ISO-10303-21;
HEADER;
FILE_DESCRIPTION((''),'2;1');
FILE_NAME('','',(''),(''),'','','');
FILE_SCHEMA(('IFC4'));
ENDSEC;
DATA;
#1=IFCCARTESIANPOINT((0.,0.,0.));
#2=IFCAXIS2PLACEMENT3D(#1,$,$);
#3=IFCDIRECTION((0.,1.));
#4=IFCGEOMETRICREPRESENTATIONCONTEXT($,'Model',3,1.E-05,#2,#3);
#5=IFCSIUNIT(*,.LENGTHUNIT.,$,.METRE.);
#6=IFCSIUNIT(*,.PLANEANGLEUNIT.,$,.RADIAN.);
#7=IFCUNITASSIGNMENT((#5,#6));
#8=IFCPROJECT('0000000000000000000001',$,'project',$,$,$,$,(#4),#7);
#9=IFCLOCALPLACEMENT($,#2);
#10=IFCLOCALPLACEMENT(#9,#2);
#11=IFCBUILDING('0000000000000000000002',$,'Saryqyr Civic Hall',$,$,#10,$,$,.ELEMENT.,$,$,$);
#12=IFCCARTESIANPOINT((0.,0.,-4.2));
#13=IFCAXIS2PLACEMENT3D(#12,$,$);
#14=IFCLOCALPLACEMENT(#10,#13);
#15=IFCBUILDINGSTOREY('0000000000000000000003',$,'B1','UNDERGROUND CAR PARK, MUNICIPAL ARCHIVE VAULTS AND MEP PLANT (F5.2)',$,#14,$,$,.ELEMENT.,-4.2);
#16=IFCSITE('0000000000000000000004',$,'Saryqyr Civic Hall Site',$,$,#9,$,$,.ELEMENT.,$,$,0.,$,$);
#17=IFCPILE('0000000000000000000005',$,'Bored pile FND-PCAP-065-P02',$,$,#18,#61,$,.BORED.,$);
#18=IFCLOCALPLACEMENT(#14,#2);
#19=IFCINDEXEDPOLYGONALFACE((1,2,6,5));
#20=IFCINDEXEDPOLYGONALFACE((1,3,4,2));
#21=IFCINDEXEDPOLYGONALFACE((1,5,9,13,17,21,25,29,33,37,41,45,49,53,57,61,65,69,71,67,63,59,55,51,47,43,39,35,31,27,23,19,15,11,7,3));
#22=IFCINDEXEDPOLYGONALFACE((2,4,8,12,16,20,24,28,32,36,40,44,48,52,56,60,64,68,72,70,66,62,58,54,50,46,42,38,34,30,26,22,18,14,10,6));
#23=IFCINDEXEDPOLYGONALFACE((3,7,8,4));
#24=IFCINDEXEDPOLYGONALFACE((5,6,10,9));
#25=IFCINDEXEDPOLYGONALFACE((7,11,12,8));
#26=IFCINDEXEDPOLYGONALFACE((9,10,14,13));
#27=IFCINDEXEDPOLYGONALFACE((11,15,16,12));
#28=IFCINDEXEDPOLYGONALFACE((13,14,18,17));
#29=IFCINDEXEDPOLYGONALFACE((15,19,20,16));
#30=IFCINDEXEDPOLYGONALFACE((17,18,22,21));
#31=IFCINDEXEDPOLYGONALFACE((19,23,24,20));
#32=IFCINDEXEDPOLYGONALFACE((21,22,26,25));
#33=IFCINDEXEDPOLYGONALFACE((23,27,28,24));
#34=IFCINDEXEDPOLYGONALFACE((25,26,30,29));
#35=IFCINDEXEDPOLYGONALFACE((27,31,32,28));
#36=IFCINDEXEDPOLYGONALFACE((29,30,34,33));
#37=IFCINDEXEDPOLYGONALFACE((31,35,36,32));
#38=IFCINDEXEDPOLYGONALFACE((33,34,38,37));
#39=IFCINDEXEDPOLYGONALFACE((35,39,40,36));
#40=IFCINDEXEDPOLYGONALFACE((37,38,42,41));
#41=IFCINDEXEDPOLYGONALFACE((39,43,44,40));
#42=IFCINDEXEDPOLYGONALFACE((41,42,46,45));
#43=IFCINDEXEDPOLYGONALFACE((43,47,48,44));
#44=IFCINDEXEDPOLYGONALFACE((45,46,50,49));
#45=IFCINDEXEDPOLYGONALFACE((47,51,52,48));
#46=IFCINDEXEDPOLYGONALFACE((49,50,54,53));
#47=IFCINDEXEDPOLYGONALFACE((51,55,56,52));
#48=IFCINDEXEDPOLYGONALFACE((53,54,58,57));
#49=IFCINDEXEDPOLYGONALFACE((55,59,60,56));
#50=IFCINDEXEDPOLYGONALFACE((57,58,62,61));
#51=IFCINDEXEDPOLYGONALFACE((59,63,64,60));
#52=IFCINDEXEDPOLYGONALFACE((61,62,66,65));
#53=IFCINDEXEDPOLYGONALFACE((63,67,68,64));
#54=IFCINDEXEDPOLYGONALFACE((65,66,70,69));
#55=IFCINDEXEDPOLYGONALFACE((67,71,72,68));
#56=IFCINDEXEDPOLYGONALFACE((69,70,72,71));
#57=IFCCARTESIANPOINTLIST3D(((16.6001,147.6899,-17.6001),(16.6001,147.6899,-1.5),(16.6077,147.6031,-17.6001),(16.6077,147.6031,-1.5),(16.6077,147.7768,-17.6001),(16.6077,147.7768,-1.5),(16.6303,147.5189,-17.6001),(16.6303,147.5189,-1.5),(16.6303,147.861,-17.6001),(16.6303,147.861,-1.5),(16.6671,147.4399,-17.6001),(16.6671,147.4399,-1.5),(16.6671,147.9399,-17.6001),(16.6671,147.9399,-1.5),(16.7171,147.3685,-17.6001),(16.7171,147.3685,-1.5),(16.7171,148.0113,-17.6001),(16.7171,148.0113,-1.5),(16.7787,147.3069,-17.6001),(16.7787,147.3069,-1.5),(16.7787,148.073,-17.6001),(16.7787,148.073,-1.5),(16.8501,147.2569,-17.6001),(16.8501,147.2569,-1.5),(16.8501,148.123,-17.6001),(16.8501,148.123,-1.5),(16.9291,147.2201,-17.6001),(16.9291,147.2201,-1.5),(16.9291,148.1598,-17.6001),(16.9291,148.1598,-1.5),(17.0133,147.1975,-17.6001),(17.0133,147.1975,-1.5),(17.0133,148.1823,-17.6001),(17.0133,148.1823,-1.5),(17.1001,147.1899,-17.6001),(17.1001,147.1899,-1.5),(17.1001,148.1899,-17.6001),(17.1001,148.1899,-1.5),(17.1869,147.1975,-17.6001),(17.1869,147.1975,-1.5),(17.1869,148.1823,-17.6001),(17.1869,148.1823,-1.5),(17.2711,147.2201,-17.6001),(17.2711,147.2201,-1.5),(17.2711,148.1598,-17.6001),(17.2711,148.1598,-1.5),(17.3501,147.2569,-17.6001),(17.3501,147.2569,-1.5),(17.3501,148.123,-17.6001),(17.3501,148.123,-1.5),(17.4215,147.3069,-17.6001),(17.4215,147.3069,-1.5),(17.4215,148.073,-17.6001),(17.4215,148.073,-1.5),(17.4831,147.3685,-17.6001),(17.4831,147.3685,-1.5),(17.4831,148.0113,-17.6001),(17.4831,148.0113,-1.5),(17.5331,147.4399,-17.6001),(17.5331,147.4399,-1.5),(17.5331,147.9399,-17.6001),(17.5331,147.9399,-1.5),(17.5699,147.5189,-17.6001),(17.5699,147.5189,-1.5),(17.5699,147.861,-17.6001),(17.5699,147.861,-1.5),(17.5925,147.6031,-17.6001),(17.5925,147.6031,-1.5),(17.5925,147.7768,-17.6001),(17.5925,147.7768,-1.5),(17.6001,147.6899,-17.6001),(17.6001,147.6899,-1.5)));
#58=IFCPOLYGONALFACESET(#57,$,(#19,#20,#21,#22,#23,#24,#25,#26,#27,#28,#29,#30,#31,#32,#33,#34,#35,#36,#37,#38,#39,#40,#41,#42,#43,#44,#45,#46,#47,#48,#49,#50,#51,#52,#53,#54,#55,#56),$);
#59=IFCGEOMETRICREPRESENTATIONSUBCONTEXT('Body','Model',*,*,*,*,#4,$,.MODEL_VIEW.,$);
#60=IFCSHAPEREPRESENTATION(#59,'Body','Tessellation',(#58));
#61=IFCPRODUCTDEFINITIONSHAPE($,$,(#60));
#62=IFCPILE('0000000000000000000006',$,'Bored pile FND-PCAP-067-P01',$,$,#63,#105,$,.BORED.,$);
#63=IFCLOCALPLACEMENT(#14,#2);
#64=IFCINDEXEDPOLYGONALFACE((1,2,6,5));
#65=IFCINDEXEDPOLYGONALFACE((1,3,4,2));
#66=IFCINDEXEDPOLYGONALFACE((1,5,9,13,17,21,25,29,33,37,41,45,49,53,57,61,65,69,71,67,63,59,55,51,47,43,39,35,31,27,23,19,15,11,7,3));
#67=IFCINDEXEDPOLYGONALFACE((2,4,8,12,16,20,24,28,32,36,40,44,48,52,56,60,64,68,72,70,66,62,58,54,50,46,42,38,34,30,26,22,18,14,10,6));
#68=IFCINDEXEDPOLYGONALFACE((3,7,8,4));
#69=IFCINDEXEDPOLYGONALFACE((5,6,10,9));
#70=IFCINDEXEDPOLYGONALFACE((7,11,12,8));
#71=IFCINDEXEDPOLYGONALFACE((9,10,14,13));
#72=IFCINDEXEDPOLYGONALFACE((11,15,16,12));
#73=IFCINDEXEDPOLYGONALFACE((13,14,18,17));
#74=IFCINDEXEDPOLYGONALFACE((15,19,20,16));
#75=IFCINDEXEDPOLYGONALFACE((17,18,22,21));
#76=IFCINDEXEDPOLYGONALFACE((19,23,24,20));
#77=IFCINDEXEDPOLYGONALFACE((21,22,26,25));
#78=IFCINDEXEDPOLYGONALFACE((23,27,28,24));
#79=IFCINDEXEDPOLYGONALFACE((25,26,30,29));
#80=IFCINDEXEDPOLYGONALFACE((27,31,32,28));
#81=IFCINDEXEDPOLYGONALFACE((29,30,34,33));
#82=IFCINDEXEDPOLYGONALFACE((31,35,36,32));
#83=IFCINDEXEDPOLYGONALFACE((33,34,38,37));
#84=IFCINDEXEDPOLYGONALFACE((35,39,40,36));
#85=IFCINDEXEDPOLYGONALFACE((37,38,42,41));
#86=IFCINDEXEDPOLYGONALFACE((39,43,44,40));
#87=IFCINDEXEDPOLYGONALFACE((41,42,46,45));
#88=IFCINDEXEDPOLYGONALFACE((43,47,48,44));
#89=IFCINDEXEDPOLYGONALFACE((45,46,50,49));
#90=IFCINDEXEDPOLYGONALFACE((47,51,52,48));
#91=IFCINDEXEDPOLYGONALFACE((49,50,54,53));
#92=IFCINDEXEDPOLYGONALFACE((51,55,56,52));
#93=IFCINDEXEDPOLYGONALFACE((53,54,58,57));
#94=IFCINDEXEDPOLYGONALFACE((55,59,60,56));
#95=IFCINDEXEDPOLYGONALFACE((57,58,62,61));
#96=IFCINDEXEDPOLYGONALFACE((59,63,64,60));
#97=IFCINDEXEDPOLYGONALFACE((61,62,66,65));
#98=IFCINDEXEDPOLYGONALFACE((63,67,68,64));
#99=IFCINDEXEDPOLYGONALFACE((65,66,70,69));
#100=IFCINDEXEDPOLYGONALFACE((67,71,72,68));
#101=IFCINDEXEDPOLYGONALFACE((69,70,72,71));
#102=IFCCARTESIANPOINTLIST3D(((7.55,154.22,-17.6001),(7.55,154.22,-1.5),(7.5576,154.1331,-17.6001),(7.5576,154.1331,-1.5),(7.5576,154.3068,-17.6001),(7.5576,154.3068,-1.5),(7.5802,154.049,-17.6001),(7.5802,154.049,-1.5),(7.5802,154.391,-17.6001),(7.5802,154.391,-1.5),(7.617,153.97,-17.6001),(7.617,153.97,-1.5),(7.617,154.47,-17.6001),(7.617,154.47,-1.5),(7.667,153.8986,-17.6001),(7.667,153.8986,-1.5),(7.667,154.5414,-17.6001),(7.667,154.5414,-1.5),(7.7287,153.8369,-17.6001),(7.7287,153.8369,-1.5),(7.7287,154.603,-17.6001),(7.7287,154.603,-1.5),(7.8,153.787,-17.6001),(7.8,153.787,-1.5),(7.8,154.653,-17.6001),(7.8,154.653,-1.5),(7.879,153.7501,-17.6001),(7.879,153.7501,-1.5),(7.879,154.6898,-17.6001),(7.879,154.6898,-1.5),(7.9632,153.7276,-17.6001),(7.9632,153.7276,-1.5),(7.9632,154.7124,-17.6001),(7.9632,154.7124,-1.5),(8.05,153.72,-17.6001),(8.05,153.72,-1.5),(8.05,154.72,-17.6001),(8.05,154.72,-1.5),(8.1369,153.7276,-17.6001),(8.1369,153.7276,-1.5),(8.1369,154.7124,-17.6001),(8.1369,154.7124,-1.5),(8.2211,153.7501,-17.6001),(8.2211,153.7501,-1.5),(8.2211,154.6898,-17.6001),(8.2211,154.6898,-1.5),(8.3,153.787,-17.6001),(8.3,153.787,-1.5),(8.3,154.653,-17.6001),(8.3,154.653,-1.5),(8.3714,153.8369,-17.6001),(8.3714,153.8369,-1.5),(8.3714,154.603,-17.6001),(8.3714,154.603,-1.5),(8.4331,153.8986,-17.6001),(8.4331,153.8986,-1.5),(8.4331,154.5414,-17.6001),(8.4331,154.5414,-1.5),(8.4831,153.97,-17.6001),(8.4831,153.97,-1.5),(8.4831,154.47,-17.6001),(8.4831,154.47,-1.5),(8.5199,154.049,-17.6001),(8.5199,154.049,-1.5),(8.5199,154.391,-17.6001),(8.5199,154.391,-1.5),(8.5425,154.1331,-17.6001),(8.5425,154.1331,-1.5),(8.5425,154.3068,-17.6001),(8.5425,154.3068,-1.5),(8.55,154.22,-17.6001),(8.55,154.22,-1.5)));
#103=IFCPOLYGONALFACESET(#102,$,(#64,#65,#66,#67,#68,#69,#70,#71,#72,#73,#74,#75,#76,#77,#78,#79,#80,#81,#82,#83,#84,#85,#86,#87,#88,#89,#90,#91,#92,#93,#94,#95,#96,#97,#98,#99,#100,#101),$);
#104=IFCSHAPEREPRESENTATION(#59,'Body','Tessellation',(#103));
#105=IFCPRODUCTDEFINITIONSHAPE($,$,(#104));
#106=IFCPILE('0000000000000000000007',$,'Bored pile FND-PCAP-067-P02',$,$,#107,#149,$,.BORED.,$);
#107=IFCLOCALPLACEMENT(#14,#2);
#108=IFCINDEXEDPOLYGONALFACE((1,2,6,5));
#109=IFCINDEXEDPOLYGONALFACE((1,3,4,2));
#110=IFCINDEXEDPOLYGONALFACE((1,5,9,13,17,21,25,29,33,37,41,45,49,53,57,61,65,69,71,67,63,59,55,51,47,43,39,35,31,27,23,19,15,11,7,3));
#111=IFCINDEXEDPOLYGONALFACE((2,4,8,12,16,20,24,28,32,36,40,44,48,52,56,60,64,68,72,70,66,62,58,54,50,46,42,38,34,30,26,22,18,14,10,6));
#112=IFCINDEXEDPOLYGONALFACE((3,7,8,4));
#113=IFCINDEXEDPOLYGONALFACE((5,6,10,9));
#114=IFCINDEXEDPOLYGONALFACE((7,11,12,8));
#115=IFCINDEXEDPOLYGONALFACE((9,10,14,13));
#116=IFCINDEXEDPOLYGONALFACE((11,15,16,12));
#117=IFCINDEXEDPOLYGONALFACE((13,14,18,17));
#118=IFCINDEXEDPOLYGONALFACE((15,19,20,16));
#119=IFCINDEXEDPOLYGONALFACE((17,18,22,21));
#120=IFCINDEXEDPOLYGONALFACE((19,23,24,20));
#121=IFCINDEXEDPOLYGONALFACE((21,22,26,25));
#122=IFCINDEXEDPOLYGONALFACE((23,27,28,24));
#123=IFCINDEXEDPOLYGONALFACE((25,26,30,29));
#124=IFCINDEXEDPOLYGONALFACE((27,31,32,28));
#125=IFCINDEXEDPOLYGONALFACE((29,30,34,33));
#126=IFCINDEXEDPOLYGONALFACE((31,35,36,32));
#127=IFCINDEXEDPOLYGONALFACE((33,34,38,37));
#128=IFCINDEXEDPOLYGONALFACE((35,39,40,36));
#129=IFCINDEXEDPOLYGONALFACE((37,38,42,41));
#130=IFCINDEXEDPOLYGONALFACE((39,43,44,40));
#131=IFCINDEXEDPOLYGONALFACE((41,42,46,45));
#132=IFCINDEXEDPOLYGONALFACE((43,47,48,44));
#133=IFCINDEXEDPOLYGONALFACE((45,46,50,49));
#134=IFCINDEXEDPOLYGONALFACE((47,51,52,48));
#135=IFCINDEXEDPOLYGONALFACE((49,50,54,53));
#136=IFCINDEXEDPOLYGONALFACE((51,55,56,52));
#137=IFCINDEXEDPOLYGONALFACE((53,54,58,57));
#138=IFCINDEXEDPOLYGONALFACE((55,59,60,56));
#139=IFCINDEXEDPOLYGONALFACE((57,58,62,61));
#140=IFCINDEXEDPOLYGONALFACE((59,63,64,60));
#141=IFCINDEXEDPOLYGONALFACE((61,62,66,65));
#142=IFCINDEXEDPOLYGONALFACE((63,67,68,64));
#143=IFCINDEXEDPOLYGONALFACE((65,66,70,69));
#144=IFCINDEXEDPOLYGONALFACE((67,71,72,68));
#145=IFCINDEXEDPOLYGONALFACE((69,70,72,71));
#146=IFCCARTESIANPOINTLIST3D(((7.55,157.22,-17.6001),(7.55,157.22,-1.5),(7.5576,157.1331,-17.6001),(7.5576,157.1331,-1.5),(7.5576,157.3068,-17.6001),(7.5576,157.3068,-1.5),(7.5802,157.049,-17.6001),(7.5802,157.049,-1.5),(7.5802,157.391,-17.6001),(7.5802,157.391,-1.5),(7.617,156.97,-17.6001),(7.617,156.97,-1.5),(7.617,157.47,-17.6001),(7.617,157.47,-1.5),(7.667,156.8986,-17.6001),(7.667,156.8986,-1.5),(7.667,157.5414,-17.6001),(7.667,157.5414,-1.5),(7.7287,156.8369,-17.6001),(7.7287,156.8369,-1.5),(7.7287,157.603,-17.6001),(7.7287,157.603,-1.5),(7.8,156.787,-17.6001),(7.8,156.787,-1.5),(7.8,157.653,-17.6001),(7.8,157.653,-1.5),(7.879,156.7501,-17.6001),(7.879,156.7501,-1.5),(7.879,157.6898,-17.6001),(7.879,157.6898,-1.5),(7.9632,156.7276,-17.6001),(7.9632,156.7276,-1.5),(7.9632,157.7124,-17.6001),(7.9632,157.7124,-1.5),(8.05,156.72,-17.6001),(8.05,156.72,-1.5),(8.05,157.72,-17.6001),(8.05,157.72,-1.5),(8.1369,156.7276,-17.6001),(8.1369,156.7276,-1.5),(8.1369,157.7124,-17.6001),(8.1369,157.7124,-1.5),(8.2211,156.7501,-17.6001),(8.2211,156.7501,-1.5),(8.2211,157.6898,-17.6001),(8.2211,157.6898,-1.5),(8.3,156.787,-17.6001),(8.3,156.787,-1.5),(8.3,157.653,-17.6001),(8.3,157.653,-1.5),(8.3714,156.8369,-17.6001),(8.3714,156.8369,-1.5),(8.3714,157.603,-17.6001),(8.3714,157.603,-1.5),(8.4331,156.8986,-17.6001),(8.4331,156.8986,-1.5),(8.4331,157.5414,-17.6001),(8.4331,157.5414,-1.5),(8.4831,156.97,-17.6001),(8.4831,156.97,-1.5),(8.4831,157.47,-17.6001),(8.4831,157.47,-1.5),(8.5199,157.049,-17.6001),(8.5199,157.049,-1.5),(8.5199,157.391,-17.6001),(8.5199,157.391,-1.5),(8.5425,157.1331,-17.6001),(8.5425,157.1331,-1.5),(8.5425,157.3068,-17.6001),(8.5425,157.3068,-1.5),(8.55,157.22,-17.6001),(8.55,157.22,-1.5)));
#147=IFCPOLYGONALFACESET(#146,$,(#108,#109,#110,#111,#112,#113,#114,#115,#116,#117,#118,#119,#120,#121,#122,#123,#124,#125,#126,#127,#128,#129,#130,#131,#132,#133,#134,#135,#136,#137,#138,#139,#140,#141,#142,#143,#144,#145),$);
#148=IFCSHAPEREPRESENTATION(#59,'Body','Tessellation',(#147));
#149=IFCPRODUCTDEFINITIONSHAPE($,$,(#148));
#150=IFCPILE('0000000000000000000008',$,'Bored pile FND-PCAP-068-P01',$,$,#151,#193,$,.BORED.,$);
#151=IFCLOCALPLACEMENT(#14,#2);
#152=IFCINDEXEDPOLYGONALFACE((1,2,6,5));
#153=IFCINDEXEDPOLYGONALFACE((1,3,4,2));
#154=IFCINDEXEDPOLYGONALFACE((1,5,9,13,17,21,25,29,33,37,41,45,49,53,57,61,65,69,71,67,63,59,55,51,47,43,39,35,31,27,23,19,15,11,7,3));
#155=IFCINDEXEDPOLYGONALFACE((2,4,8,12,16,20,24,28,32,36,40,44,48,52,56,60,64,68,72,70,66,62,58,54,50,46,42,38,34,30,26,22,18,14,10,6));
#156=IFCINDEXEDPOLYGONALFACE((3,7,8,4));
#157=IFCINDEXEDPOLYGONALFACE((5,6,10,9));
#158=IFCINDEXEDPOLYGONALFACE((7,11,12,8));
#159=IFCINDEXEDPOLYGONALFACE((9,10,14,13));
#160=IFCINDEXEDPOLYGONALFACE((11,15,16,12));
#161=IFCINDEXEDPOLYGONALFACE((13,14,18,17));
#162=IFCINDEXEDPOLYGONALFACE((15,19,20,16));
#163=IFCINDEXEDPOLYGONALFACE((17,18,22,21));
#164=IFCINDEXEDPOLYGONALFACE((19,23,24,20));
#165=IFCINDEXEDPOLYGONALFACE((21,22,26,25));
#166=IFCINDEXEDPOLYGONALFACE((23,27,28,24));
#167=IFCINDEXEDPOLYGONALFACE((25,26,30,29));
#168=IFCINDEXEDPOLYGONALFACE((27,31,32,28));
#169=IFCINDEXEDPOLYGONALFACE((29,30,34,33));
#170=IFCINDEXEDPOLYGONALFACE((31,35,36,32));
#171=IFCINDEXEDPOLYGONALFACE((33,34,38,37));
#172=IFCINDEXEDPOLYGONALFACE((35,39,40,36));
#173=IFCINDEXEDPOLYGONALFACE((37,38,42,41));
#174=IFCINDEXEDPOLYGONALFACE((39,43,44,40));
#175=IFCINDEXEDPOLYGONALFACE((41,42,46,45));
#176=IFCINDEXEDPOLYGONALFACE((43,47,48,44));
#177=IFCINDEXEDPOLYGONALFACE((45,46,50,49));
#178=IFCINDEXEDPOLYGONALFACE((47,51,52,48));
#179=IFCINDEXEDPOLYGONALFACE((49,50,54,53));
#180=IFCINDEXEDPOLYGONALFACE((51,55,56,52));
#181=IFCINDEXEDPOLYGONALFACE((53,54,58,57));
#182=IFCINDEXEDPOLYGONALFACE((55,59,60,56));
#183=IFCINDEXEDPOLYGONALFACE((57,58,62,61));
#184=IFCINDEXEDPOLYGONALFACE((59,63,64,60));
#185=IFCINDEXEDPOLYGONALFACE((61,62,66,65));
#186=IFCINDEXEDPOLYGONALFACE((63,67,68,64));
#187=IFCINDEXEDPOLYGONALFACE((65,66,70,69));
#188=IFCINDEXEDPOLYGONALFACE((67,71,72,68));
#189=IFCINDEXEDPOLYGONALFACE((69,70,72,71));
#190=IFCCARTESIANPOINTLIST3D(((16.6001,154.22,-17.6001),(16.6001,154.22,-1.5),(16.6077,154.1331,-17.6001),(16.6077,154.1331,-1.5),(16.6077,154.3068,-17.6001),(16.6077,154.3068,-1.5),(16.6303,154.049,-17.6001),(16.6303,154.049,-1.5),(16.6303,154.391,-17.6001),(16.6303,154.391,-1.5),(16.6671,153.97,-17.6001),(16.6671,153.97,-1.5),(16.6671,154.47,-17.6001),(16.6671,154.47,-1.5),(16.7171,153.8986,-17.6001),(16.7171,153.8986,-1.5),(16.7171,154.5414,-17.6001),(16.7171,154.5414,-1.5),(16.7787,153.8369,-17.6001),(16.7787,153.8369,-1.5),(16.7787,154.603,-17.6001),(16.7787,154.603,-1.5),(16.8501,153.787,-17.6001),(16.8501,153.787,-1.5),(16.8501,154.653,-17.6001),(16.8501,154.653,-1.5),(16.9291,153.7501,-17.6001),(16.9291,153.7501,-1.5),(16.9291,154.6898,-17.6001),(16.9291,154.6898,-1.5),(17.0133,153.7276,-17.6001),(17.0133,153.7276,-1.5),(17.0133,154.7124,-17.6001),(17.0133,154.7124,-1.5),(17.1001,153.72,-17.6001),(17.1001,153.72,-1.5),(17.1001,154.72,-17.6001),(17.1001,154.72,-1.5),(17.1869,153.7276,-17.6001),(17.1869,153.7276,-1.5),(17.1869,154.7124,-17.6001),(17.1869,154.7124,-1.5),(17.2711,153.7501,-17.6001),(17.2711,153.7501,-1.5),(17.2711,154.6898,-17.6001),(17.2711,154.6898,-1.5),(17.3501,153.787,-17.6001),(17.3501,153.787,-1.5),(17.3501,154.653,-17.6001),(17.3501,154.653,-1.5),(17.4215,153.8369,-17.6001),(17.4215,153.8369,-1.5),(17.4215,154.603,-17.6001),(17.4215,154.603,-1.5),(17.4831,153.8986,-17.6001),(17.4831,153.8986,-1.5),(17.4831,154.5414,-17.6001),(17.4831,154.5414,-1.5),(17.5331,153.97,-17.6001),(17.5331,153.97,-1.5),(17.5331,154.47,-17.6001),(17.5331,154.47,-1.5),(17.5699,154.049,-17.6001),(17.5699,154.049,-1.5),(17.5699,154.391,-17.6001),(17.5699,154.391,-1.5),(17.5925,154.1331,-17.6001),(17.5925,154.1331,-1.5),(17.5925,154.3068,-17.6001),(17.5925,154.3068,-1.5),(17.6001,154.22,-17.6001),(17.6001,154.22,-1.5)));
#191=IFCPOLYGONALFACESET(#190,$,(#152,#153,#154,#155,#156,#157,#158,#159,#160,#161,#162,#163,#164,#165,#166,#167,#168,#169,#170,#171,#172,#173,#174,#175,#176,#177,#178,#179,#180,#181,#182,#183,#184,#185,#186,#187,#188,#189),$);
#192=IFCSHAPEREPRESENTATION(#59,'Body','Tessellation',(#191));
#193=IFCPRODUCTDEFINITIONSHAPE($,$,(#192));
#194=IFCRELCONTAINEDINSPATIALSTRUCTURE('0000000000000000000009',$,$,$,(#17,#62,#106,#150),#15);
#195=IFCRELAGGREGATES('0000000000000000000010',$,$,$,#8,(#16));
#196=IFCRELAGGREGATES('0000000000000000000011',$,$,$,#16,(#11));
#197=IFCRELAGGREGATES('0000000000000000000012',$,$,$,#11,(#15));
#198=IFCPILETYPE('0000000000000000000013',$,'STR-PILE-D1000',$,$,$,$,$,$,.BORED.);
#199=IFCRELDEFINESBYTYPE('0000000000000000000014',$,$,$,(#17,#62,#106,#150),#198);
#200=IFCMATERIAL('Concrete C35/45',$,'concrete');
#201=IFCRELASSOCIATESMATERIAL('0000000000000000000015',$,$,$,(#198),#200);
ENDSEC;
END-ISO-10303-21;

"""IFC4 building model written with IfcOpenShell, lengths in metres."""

from ifc_helpers import new_model, si_unit, direction, frame, origin, origin_2d, place, context, subcontext, project, spatial, circle, extrude, material, material_profile, profile_set, type_object, element, save


model = new_model("IFC4")

# Units and contexts
model_context = context("Model", 3, precision=1e-05, world=origin(), true_north=direction((0.0, 1.0)))
body_context = subcontext(model_context, "Body", "Model", "MODEL_VIEW")
ifc_project = project(units=[si_unit("LENGTHUNIT", "METRE"), si_unit("PLANEANGLEUNIT", "RADIAN")], contexts=[model_context])

# Site, building, storey
site_placement = place(None, origin())
site = spatial("IfcSite", under=ifc_project, at=site_placement, Name="Saryqyr Civic Hall Site", CompositionType="ELEMENT", RefElevation=0.0)
building_placement = place(site_placement, origin())
building = spatial("IfcBuilding", under=site, at=building_placement, Name="Saryqyr Civic Hall", CompositionType="ELEMENT")
storey_placement = place(building_placement, frame((0.0, 0.0, -4.2)))
storey = spatial("IfcBuildingStorey", under=building, at=storey_placement, Name="B1", Description="UNDERGROUND CAR PARK, MUNICIPAL ARCHIVE VAULTS AND MEP PLANT (F5.2)", CompositionType="ELEMENT", Elevation=-4.2)

# Shared definitions
ifc_material_1 = material(Name="Concrete C35/45", Category="concrete")

# Piles
ifc_material_profile_1 = material_profile(ifc_material_1, circle(Radius=0.5, at=origin_2d()), Name="BORED PILE D1000")
ifc_profile_set_1 = profile_set([ifc_material_profile_1], Name="Concrete C35/45")
pile_type = type_object("IfcPileType", Name="STR-PILE-D1000", PredefinedType="BORED", material=ifc_profile_set_1)
for number, where, z_axis, x_axis, name in (
    (1, (17.1001, 147.6899, -1.5), (0.0, 0.0, -1.0), (1.0, 0.0, 0.0), "Bored pile FND-PCAP-065-P02"),
    (2, (8.05, 154.22, -1.5), (0.0, 0.0, -1.0), (1.0, 0.0, 0.0), "Bored pile FND-PCAP-067-P01"),
    (3, (8.05, 157.22, -1.5), (0.0, 0.0, -1.0), (1.0, 0.0, 0.0), "Bored pile FND-PCAP-067-P02"),
    (4, (17.1001, 154.22, -1.5), (0.0, 0.0, -1.0), (1.0, 0.0, 0.0), "Bored pile FND-PCAP-068-P01"),
):
    element("IfcPile", number, at=place(storey_placement, frame(where, z_axis=z_axis, x_axis=x_axis)), inside=storey, type_object=pile_type, Name=name, PredefinedType="BORED", context=body_context, shape_type="SweptSolid", body=[
        extrude(circle(Radius=0.5, at=origin_2d()), origin(), (0.0, 0.0, 1.0), 16.1001),
    ])

save(model, "model.ifc")
